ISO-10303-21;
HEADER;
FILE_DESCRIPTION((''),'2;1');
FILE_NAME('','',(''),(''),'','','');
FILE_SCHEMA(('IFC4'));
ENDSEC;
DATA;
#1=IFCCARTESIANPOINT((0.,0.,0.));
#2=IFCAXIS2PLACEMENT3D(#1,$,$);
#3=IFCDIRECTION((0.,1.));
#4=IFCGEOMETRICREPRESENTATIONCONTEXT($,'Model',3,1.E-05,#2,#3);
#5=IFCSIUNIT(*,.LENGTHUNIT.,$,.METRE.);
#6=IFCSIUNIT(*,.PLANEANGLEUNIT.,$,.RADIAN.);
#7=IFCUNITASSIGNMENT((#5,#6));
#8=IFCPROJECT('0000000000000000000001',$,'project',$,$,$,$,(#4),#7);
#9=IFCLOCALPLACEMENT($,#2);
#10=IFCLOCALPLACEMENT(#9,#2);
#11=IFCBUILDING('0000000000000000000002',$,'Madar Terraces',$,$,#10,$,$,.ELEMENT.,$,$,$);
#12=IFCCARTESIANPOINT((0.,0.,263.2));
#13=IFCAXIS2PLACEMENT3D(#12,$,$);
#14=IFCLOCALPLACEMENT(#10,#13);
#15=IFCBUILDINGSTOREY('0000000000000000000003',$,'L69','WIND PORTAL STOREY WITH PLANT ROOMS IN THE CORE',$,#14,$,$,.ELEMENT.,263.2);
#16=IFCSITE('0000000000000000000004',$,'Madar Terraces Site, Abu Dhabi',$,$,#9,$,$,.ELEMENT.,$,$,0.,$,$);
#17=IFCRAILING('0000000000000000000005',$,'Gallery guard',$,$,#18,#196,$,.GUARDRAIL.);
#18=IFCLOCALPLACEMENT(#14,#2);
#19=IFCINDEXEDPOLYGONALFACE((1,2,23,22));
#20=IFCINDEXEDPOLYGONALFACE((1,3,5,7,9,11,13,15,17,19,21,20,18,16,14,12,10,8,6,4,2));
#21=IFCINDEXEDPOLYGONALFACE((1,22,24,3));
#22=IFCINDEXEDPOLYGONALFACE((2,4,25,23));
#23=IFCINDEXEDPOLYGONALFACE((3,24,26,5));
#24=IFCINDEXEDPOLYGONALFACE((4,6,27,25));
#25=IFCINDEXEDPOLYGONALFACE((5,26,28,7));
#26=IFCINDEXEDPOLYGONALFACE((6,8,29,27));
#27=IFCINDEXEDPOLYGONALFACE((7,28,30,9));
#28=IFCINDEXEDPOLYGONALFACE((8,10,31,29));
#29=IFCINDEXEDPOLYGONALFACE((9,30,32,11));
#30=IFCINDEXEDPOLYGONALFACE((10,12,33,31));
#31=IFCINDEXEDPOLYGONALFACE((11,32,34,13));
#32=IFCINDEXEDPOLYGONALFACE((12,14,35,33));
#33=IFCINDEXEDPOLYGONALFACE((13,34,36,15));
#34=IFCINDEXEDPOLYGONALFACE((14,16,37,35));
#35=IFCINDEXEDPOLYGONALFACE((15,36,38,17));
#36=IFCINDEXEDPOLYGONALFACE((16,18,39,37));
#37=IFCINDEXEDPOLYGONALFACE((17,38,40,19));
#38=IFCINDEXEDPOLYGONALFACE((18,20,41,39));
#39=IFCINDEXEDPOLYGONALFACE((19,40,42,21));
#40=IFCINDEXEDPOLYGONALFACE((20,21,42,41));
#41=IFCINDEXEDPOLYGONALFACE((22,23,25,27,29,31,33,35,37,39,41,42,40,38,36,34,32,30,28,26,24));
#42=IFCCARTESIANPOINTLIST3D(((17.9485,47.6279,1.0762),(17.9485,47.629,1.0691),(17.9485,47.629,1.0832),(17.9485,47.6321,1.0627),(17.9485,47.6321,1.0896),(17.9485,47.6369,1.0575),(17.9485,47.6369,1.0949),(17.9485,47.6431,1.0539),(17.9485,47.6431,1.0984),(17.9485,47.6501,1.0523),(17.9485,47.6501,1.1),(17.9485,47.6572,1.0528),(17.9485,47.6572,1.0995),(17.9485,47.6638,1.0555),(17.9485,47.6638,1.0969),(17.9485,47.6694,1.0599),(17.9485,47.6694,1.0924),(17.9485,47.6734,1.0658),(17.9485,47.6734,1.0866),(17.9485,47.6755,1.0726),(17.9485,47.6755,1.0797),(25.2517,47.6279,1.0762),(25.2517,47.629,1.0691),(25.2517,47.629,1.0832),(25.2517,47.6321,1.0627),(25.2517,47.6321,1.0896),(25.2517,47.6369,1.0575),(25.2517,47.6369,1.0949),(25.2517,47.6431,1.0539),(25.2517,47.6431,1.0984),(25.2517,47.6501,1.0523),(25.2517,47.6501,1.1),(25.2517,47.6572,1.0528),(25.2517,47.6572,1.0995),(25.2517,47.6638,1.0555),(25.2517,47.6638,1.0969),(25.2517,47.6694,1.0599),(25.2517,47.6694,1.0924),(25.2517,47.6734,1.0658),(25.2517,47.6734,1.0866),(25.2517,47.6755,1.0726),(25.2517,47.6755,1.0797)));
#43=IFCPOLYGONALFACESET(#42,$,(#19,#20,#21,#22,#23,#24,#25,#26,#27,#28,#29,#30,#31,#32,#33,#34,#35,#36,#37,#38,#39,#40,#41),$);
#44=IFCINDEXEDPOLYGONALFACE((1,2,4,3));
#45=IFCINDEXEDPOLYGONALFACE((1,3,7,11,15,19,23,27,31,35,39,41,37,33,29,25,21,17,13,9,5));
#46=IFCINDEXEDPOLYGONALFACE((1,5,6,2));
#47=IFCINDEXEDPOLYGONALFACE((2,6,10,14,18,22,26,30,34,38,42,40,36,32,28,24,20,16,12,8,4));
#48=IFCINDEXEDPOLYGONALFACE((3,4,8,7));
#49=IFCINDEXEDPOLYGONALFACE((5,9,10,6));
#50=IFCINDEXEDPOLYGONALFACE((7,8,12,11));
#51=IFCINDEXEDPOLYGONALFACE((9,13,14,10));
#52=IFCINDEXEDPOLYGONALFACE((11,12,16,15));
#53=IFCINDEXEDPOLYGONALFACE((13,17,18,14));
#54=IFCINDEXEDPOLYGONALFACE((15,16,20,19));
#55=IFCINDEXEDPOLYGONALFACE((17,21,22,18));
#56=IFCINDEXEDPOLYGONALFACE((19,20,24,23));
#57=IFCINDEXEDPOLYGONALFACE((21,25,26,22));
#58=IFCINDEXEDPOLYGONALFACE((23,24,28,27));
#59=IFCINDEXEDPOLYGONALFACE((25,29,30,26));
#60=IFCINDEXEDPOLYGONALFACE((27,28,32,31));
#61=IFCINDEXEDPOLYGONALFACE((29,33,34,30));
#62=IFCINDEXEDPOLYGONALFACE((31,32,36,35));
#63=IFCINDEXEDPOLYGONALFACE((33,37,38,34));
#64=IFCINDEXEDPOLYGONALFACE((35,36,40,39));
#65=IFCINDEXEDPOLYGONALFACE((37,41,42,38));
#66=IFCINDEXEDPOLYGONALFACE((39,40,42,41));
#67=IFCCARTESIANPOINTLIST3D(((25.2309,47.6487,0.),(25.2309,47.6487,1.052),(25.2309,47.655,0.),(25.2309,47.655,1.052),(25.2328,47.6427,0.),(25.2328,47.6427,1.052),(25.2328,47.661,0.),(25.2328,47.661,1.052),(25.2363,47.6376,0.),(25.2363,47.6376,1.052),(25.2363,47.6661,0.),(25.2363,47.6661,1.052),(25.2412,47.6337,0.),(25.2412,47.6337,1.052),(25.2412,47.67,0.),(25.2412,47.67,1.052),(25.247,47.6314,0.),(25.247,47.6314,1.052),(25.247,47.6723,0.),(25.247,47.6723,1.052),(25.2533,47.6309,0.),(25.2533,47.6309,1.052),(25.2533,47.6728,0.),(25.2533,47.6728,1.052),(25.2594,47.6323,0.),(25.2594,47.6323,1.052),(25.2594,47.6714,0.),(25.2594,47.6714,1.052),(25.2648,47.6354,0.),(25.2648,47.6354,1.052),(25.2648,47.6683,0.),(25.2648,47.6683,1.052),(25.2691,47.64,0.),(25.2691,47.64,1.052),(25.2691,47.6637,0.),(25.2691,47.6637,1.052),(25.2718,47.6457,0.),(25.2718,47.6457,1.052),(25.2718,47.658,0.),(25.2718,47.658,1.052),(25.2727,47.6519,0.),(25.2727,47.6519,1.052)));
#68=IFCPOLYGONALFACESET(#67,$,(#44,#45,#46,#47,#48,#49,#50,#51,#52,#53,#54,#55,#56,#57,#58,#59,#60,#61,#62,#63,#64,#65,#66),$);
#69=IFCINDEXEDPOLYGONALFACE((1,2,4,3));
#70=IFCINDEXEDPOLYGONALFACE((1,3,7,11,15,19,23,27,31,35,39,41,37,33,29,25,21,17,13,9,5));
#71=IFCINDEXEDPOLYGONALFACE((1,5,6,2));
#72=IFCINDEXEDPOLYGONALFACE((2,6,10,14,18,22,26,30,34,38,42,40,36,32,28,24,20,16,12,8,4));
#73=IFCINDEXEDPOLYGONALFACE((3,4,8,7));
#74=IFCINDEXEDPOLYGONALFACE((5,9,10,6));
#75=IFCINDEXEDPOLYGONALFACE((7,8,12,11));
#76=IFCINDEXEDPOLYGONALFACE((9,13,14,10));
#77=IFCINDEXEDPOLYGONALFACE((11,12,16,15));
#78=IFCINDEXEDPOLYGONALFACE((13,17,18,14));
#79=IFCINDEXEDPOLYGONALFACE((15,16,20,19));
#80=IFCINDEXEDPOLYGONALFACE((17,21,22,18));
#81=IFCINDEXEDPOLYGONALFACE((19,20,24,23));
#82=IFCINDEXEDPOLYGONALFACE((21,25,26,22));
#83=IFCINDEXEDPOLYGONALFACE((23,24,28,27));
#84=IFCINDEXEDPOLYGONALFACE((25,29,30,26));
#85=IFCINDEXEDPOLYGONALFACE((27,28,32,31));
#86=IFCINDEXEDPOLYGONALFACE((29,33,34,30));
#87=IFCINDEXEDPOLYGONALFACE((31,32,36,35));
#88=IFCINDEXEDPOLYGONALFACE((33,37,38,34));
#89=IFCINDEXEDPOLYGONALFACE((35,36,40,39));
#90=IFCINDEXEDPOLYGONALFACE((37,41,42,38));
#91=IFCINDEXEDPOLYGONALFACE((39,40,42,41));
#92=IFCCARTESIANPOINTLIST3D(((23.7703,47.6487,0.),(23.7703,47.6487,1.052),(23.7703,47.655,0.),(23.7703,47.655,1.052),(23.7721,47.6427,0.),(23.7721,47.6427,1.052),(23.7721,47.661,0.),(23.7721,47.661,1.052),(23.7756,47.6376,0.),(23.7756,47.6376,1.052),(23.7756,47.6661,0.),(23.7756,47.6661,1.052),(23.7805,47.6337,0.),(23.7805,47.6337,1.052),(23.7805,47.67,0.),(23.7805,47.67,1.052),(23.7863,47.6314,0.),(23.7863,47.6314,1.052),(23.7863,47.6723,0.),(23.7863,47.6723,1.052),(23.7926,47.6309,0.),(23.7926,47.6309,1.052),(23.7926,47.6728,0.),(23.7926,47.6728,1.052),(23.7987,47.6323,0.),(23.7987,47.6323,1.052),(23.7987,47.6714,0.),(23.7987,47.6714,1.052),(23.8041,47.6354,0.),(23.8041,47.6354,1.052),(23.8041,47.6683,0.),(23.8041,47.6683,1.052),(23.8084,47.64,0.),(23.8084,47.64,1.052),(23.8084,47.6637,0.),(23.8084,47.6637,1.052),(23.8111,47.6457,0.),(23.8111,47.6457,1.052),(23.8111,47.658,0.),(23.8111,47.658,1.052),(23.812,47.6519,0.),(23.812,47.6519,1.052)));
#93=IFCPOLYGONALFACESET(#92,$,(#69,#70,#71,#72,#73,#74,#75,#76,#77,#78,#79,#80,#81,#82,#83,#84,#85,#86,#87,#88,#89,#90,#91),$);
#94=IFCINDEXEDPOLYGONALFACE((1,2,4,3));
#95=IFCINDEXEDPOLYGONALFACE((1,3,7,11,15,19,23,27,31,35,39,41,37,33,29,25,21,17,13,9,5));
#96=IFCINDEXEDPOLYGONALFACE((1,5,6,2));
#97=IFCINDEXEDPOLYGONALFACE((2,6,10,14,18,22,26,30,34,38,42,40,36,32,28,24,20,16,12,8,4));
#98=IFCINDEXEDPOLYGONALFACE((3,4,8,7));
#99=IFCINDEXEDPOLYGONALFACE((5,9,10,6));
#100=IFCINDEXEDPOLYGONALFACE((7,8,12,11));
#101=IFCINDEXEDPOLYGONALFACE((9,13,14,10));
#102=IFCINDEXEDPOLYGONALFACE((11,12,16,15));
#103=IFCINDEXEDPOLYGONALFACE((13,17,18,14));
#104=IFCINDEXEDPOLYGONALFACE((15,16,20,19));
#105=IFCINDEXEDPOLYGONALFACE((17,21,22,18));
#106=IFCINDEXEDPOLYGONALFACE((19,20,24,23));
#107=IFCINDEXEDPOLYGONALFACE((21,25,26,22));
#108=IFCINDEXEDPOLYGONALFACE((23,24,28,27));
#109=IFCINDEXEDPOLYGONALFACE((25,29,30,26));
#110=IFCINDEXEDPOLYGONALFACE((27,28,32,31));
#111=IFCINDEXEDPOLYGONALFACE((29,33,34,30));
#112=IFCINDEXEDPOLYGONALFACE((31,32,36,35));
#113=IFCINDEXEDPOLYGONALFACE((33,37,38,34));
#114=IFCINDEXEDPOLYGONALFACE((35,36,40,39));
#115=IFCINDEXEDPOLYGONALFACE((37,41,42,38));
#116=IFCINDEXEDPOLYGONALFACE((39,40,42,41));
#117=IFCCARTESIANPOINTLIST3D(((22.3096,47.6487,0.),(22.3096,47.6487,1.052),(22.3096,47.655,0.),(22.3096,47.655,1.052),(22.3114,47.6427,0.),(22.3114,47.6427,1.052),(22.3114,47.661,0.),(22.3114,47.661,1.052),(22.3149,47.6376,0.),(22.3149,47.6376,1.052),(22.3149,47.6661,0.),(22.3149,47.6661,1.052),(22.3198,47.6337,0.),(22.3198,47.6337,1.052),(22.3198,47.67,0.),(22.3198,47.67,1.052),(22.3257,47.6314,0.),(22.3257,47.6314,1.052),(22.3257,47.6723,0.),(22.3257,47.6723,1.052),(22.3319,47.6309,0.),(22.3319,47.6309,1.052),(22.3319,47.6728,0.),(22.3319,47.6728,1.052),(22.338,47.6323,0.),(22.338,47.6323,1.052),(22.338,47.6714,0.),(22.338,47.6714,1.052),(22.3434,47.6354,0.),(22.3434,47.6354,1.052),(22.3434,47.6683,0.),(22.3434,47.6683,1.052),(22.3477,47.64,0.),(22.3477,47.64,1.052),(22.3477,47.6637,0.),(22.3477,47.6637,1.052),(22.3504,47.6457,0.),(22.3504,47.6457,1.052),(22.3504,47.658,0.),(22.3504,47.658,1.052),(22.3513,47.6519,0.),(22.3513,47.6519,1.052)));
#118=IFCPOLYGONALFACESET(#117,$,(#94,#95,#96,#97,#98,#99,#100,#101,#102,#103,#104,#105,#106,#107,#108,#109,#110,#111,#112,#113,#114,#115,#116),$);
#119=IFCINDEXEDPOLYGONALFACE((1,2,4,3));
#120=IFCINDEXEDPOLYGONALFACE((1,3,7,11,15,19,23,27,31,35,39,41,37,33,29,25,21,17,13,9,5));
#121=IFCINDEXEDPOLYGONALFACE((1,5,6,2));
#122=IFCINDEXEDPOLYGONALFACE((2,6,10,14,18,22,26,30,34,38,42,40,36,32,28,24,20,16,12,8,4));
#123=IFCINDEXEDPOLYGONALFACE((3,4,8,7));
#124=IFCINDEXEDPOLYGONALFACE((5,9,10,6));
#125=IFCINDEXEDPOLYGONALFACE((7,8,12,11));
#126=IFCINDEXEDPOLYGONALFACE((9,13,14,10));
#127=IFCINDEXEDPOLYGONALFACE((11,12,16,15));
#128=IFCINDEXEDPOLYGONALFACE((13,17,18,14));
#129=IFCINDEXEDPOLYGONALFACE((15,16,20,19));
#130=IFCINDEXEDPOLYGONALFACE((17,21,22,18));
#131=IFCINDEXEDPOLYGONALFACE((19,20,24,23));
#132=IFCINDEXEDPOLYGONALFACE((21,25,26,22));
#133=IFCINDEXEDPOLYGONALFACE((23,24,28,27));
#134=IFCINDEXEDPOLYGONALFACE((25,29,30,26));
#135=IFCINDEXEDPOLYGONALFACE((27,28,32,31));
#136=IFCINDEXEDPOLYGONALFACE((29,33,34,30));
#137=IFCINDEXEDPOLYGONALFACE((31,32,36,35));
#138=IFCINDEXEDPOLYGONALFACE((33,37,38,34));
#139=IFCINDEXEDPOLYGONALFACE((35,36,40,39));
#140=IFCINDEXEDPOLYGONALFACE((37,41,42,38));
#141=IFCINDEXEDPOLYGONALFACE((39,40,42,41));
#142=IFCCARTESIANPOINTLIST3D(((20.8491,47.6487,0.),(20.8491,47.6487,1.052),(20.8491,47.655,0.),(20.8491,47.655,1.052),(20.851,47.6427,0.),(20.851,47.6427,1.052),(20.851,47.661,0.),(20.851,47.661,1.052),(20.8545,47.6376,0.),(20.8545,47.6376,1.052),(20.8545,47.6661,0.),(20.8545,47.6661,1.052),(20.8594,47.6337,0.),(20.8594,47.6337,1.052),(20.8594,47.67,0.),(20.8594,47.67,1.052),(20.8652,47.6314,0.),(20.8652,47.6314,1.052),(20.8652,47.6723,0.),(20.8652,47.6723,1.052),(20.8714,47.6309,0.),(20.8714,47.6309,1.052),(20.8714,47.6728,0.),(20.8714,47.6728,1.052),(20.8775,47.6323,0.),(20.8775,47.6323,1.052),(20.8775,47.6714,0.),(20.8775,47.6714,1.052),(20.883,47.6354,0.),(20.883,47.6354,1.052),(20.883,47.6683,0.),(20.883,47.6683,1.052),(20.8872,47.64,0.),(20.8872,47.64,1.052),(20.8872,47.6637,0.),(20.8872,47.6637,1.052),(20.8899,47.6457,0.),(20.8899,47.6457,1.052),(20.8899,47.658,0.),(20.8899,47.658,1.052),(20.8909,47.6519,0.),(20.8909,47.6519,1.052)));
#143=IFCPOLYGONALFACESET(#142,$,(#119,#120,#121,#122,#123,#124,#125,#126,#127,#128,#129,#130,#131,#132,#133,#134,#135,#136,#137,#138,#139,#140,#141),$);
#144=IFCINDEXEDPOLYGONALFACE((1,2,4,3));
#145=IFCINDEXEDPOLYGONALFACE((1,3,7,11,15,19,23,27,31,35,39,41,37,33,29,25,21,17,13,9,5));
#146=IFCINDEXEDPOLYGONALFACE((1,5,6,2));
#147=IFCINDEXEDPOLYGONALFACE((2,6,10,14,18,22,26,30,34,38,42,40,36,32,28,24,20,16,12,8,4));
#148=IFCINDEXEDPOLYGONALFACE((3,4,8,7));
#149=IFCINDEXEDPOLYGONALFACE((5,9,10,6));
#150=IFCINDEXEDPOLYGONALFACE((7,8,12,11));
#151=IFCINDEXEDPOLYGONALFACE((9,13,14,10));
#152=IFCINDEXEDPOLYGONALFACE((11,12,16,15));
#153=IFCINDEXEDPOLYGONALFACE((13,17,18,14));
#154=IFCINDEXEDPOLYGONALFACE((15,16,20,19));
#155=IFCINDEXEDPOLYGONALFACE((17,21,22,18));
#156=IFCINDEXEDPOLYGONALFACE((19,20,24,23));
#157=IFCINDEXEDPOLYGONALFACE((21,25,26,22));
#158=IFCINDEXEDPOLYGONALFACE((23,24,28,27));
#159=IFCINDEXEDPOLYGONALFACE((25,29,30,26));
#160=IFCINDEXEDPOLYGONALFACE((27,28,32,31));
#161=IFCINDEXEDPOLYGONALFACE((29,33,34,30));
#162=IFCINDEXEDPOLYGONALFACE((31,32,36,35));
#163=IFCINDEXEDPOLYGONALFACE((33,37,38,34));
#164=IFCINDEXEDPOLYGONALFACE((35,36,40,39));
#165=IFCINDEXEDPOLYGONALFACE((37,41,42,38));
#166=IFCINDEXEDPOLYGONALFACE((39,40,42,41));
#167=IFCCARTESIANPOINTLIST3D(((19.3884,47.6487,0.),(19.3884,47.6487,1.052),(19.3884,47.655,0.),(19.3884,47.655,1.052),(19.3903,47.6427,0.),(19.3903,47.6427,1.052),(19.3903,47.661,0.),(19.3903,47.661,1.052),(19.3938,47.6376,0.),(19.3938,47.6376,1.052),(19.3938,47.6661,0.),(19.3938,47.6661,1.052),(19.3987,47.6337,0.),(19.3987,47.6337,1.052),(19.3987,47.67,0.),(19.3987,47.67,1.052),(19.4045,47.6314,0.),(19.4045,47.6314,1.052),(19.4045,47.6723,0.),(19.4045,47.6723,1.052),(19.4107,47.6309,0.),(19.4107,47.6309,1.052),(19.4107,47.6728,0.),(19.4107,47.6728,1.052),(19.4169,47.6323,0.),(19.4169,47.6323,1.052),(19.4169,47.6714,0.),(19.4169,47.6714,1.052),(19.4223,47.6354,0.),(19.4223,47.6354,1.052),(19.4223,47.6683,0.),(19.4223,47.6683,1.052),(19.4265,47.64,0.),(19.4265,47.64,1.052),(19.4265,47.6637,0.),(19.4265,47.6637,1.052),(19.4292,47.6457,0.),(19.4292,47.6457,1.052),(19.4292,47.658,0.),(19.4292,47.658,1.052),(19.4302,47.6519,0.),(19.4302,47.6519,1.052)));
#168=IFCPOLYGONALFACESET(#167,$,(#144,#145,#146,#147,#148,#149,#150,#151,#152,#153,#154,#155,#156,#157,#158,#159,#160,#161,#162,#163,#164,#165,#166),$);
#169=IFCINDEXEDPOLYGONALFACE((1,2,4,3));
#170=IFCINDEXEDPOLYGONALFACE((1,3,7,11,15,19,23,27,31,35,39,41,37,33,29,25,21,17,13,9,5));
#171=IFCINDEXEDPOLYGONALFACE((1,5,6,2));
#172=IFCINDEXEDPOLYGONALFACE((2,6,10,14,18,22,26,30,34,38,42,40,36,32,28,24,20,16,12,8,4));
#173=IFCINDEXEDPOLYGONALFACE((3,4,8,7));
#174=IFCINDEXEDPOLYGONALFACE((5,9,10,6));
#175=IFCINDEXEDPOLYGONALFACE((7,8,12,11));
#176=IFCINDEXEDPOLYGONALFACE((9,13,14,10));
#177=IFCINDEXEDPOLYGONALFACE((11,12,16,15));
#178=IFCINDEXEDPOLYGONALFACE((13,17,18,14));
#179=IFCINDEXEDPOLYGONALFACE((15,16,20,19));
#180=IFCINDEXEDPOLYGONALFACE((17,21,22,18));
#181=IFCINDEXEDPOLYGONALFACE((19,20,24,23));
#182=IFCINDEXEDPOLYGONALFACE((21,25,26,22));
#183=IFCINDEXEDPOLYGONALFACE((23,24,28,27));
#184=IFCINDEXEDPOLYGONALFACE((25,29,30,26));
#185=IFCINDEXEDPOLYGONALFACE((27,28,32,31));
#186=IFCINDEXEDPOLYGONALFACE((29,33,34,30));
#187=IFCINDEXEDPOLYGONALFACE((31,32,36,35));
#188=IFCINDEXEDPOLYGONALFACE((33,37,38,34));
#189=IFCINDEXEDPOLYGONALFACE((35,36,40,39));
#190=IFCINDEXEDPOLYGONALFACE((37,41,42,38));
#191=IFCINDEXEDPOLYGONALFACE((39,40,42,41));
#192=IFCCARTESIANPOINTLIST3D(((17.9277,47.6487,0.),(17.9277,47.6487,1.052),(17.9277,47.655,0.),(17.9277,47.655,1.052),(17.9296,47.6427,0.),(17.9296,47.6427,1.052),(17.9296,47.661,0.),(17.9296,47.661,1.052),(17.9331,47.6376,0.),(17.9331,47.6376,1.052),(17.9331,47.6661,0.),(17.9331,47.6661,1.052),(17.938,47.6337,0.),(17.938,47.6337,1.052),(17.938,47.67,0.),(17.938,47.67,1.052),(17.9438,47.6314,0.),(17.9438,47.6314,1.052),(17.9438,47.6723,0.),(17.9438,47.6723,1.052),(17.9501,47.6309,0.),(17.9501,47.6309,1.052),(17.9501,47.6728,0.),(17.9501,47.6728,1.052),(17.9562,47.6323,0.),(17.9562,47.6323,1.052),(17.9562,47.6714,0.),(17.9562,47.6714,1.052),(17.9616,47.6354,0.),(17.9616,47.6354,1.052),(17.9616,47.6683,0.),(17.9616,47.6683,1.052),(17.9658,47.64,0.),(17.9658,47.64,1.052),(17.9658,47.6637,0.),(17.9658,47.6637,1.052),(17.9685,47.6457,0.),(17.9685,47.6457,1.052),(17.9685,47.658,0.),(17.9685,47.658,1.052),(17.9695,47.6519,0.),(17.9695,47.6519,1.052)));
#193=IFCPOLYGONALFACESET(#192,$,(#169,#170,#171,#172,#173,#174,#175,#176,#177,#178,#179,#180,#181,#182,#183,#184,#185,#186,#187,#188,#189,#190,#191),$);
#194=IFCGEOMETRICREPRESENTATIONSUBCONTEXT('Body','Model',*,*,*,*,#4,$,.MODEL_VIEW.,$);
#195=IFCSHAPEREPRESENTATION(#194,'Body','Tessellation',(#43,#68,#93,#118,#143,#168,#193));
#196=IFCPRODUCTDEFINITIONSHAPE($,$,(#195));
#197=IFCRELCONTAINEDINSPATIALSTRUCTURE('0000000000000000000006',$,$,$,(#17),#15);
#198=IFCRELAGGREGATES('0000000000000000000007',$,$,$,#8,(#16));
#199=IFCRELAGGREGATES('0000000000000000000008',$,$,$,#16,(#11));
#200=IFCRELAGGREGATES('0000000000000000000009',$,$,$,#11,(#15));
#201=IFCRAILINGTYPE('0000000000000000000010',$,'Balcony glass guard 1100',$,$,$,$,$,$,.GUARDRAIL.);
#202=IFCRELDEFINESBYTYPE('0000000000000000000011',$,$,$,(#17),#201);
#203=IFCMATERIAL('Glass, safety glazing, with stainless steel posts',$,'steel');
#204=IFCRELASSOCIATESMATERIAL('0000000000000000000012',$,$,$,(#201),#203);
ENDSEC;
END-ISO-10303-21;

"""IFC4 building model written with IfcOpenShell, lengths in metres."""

from ifc_helpers import new_model, si_unit, direction, frame, origin, origin_2d, place, context, subcontext, project, spatial, circle, extrude, material, type_object, element, save


model = new_model("IFC4")

# Units and contexts
model_context = context("Model", 3, precision=1e-05, world=origin(), true_north=direction((0.0, 1.0)))
body_context = subcontext(model_context, "Body", "Model", "MODEL_VIEW")
ifc_project = project(units=[si_unit("LENGTHUNIT", "METRE"), si_unit("PLANEANGLEUNIT", "RADIAN")], contexts=[model_context])

# Site, building, storey
site_placement = place(None, origin())
site = spatial("IfcSite", under=ifc_project, at=site_placement, Name="Madar Terraces Site, Abu Dhabi", CompositionType="ELEMENT", RefElevation=0.0)
building_placement = place(site_placement, origin())
building = spatial("IfcBuilding", under=site, at=building_placement, Name="Madar Terraces", CompositionType="ELEMENT")
storey_placement = place(building_placement, frame((0.0, 0.0, 263.2)))
storey = spatial("IfcBuildingStorey", under=building, at=storey_placement, Name="L69", Description="WIND PORTAL STOREY WITH PLANT ROOMS IN THE CORE", CompositionType="ELEMENT", Elevation=263.2)

# Railing
ifc_material_1 = material(Name="Glass, safety glazing, with stainless steel posts", Category="steel")
railing_type = type_object("IfcRailingType", Name="Balcony glass guard 1100", PredefinedType="GUARDRAIL", material=ifc_material_1)
for number, where, name in (
    (1, (25.2517, 47.6519, 0.0), "Gallery guard"),
):
    element("IfcRailing", number, at=place(storey_placement, frame(where)), inside=storey, type_object=railing_type, Name=name, PredefinedType="GUARDRAIL", context=body_context, shape_type="SweptSolid", body=[
        extrude(circle(Radius=0.0239, at=origin_2d()), frame((0.0, 0.0, 1.0762), z_axis=(-1.0, 0.0, 0.0), x_axis=(0.0, -1.0, 0.0)), (0.0, 0.0, 1.0), 7.3032),
        extrude(circle(Radius=0.021, at=origin_2d()), origin(), (0.0, 0.0, 1.0), 1.052),
        extrude(circle(Radius=0.021, at=origin_2d()), frame((-1.4607, 0.0, 0.0)), (0.0, 0.0, 1.0), 1.052),
        extrude(circle(Radius=0.021, at=origin_2d()), frame((-2.9214, 0.0, 0.0)), (0.0, 0.0, 1.0), 1.052),
        extrude(circle(Radius=0.021, at=origin_2d()), frame((-4.3818, 0.0, 0.0)), (0.0, 0.0, 1.0), 1.052),
        extrude(circle(Radius=0.021, at=origin_2d()), frame((-5.8425, 0.0, 0.0)), (0.0, 0.0, 1.0), 1.052),
        extrude(circle(Radius=0.021, at=origin_2d()), frame((-7.3032, 0.0, 0.0)), (0.0, 0.0, 1.0), 1.052),
    ])

save(model, "model.ifc")
